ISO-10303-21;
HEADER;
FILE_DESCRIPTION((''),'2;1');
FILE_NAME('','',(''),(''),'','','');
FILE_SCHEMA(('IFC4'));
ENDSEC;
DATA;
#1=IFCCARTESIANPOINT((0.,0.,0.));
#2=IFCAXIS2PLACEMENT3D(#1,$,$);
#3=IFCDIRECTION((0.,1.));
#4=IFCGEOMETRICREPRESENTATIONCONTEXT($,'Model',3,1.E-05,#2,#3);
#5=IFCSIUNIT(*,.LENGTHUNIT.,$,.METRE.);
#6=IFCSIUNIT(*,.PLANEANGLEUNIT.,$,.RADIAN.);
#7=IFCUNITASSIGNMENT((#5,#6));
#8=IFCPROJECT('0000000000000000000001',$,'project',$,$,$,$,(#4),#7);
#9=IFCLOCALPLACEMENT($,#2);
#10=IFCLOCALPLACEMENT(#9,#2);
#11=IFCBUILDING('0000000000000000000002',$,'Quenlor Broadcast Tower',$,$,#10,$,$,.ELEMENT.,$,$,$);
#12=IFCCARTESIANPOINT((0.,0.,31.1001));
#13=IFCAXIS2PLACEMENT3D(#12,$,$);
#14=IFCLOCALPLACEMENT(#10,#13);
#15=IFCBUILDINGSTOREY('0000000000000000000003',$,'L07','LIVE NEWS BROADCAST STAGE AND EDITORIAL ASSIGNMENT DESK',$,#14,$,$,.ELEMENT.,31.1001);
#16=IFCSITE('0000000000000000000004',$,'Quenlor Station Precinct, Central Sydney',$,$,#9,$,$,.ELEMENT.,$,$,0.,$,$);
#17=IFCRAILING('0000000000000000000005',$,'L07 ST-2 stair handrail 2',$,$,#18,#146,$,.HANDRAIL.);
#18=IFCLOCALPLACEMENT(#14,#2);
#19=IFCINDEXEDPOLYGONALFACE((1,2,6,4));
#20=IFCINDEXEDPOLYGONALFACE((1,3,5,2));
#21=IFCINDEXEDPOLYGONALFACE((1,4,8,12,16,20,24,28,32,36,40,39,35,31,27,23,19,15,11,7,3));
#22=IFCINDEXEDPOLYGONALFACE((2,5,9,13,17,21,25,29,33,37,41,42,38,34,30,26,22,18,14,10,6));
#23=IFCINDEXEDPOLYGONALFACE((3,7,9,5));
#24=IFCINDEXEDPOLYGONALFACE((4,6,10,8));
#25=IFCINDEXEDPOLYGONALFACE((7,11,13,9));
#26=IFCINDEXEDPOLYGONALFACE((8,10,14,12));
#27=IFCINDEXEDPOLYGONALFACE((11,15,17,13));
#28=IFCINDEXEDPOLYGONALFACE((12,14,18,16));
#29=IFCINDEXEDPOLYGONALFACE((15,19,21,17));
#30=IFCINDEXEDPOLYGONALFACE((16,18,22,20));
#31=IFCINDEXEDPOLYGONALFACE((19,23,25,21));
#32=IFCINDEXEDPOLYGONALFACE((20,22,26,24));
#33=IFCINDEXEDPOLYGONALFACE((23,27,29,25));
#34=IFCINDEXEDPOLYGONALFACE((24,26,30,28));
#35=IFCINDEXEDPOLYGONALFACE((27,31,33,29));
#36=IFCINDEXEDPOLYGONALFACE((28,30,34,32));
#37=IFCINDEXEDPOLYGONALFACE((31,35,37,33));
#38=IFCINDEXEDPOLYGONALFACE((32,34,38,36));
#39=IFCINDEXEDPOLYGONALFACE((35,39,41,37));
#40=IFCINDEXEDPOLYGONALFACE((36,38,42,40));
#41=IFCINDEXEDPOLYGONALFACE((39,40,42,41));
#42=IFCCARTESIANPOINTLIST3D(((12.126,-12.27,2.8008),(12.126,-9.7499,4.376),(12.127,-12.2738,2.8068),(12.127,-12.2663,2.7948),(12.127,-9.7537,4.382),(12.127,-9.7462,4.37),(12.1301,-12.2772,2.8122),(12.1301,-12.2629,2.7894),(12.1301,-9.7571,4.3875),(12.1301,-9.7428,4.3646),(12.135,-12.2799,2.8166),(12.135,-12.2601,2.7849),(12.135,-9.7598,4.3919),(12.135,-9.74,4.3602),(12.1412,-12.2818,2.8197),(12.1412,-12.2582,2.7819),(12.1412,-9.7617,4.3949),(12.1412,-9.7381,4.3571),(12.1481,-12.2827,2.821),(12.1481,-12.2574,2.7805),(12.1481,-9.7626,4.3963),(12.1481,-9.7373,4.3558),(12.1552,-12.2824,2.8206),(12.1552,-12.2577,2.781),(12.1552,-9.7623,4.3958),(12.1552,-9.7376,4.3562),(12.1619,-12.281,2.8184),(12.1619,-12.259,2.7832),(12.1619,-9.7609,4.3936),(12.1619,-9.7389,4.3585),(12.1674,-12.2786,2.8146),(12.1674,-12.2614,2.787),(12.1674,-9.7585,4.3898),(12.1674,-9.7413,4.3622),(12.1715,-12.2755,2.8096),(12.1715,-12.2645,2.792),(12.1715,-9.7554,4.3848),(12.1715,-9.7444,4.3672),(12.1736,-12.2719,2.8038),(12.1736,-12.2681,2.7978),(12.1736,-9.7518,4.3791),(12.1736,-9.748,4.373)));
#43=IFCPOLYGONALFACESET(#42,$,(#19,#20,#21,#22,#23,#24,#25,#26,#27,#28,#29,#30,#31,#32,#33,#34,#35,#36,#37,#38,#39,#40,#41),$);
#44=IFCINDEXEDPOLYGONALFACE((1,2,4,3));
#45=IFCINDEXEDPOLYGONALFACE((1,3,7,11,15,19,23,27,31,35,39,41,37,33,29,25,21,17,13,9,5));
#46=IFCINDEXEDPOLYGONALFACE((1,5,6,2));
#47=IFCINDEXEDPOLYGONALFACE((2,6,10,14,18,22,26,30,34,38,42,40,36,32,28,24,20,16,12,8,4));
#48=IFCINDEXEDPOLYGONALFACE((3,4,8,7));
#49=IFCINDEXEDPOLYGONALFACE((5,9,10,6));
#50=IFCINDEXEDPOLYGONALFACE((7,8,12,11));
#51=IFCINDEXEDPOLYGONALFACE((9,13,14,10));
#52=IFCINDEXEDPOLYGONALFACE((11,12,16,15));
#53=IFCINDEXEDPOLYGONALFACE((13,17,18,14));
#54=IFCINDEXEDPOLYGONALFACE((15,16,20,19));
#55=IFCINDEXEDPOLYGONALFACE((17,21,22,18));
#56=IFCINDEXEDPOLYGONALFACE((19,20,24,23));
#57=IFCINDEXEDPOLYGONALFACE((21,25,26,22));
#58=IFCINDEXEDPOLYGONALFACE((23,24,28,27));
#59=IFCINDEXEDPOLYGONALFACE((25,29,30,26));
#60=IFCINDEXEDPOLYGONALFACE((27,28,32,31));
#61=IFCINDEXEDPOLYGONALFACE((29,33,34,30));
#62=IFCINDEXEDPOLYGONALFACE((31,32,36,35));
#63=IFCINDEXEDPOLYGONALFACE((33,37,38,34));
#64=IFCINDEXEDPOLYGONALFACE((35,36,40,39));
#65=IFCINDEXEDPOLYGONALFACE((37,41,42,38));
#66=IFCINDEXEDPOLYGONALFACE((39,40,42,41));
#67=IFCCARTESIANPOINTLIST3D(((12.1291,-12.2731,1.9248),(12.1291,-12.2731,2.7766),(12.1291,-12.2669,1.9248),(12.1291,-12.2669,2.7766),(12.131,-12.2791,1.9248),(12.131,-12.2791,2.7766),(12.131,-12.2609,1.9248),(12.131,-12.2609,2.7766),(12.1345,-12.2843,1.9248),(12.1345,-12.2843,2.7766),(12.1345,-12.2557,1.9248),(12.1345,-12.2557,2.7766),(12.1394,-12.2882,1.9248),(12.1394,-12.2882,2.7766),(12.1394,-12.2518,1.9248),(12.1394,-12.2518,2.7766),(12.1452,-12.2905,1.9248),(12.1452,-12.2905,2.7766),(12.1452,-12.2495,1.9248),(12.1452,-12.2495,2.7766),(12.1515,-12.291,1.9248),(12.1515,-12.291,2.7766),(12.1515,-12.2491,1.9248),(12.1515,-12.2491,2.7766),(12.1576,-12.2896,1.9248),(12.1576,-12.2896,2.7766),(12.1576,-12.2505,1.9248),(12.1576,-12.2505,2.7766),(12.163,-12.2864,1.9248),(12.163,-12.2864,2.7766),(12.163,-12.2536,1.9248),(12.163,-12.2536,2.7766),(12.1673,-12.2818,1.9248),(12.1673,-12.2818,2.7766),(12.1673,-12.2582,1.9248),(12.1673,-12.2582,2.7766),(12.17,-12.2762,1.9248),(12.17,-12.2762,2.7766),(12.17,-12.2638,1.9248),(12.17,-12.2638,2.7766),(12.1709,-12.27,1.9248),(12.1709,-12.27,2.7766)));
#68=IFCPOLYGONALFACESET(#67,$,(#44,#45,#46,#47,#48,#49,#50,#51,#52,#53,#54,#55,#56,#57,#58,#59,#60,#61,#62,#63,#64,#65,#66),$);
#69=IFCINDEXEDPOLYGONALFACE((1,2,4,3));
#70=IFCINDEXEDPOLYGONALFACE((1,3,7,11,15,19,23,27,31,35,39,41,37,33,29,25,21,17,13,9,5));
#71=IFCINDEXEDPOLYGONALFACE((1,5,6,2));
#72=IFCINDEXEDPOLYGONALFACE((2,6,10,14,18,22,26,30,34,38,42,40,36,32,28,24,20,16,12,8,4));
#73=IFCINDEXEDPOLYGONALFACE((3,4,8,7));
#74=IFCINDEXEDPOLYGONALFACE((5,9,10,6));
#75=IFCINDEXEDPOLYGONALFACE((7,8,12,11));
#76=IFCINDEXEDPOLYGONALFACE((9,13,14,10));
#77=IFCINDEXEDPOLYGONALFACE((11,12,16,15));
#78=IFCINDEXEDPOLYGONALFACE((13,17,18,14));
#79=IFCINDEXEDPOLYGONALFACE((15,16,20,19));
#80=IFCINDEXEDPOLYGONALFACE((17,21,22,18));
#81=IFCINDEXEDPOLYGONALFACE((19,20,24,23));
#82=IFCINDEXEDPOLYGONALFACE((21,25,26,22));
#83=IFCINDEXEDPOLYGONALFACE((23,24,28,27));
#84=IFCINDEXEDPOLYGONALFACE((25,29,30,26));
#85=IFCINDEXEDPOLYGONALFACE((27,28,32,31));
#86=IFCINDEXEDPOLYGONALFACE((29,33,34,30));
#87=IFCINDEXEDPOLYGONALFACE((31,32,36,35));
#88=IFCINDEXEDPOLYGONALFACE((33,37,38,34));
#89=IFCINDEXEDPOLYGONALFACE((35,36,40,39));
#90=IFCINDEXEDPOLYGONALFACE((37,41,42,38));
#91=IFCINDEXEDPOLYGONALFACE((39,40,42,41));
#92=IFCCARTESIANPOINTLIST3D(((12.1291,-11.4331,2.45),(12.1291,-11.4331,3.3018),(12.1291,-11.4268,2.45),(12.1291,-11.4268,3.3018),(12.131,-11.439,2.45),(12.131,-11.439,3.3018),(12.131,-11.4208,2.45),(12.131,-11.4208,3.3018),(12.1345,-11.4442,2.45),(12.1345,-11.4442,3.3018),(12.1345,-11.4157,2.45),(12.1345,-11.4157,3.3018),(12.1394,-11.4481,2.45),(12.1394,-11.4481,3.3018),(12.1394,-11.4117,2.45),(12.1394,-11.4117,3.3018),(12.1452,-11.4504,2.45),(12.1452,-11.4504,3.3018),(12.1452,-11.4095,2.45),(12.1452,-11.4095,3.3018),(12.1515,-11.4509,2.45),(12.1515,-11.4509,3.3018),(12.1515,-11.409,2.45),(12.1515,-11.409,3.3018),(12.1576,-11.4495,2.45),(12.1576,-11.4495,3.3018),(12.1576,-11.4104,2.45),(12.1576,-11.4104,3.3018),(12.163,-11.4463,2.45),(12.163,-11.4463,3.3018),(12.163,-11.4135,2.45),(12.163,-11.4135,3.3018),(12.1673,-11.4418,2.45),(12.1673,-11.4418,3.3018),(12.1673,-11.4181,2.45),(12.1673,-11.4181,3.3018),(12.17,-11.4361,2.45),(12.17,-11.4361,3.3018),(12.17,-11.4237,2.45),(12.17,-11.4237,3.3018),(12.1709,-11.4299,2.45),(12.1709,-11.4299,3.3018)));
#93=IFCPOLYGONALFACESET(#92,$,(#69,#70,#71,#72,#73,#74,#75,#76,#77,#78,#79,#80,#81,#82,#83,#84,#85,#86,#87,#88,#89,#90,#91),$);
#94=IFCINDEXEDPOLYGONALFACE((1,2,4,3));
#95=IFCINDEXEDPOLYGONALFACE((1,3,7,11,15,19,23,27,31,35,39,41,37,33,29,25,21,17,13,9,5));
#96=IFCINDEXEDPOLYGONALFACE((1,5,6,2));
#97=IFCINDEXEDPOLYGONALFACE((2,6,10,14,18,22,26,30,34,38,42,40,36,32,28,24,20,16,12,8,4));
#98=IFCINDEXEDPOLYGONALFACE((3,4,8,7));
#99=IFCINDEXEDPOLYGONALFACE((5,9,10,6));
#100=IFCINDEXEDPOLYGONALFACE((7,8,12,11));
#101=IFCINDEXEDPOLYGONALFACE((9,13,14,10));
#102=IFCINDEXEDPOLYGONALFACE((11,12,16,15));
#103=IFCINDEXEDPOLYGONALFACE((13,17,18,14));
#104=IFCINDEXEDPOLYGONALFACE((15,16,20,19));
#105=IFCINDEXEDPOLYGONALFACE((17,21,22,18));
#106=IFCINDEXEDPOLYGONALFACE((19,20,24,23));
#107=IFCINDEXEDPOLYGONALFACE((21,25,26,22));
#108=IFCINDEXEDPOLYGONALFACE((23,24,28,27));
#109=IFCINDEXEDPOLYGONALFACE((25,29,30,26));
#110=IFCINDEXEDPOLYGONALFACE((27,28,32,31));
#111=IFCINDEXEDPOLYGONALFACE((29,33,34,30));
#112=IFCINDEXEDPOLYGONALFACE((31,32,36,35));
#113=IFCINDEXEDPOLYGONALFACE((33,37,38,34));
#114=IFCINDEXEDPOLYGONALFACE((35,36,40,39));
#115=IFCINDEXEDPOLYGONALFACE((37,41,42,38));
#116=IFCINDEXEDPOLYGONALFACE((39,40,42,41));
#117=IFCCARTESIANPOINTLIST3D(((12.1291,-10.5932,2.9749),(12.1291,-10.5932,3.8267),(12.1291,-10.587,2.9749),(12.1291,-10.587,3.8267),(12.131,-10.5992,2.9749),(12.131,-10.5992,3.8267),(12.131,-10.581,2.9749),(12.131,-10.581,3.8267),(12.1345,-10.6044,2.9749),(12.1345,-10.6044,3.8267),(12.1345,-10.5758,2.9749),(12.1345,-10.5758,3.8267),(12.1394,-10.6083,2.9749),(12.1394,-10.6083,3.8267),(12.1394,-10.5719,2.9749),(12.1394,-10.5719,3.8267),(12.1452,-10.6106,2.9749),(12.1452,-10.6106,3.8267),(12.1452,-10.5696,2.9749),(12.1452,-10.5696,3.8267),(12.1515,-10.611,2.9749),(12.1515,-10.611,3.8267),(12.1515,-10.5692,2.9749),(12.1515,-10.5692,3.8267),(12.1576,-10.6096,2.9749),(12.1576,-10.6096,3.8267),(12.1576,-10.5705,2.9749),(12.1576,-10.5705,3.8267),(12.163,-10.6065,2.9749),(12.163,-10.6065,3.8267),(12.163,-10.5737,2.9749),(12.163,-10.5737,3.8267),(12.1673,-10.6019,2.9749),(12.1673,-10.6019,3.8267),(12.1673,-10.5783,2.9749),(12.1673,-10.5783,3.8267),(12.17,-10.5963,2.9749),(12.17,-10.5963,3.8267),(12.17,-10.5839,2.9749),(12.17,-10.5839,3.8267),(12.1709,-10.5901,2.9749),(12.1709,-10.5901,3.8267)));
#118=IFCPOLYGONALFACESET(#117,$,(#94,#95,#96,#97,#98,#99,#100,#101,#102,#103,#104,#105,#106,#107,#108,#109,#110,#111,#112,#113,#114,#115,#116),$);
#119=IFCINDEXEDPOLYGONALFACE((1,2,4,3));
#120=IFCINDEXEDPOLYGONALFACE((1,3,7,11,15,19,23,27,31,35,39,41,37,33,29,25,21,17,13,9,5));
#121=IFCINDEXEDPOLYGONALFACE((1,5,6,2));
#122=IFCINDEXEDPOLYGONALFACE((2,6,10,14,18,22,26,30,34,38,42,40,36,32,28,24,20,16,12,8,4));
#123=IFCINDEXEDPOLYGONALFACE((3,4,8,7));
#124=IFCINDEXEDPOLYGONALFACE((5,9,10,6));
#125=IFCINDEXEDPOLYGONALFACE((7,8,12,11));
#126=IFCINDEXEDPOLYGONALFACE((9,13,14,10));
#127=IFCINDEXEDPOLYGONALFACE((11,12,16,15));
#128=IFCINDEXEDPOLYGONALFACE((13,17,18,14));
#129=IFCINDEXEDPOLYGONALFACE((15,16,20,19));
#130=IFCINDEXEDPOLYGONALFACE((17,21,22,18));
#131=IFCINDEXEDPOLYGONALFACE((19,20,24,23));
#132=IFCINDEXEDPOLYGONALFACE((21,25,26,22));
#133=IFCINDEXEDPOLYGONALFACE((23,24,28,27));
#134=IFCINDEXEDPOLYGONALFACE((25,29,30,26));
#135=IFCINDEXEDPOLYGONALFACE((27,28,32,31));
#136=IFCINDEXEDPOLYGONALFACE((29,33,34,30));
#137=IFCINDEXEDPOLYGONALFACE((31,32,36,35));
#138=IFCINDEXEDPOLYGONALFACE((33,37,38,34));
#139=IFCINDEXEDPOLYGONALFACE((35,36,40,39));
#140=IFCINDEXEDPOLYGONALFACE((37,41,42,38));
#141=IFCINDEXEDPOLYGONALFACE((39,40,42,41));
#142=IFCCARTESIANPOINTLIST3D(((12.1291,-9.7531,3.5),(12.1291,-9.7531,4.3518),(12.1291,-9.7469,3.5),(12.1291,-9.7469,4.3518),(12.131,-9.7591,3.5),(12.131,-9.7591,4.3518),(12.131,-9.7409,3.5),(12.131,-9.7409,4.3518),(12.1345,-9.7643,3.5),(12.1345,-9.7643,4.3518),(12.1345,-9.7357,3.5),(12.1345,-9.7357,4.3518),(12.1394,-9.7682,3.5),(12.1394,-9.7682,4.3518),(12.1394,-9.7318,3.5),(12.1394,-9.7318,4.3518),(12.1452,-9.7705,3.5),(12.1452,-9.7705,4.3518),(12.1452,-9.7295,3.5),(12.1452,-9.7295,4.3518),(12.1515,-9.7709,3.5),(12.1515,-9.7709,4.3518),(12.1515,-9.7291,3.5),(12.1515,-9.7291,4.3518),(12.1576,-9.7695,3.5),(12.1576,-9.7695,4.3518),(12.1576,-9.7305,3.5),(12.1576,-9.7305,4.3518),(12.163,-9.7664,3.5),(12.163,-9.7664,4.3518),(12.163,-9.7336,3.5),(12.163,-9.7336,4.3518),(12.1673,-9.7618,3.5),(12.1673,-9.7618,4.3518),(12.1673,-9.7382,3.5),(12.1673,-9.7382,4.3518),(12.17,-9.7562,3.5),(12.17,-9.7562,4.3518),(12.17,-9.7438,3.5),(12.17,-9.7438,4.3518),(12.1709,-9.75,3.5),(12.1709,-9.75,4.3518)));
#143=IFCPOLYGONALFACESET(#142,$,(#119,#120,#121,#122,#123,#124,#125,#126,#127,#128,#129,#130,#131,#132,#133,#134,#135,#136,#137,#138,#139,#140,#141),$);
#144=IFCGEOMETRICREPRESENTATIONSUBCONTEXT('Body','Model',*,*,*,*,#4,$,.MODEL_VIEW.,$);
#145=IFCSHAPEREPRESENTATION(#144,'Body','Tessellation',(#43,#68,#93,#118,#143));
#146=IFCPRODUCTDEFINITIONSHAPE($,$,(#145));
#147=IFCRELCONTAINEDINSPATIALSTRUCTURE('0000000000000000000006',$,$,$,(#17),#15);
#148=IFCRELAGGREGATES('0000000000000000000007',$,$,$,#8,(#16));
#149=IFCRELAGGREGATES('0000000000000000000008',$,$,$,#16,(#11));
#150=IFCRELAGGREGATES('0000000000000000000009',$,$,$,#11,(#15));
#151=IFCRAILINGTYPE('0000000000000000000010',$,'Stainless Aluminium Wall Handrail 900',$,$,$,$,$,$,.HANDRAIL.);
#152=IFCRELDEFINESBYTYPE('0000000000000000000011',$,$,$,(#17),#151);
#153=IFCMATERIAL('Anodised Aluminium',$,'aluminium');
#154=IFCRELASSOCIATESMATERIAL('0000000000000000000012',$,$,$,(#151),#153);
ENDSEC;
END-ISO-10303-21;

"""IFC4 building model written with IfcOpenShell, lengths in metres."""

from ifc_helpers import new_model, si_unit, direction, frame, origin, origin_2d, place, context, subcontext, project, spatial, circle, extrude, material, type_object, element, save


model = new_model("IFC4")

# Units and contexts
model_context = context("Model", 3, precision=1e-05, world=origin(), true_north=direction((0.0, 1.0)))
body_context = subcontext(model_context, "Body", "Model", "MODEL_VIEW")
ifc_project = project(units=[si_unit("LENGTHUNIT", "METRE"), si_unit("PLANEANGLEUNIT", "RADIAN")], contexts=[model_context])

# Site, building, storey
site_placement = place(None, origin())
site = spatial("IfcSite", under=ifc_project, at=site_placement, Name="Quenlor Station Precinct, Central Sydney", CompositionType="ELEMENT", RefElevation=0.0)
building_placement = place(site_placement, origin())
building = spatial("IfcBuilding", under=site, at=building_placement, Name="Quenlor Broadcast Tower", CompositionType="ELEMENT")
storey_placement = place(building_placement, frame((0.0, 0.0, 31.1001)))
storey = spatial("IfcBuildingStorey", under=building, at=storey_placement, Name="L07", Description="LIVE NEWS BROADCAST STAGE AND EDITORIAL ASSIGNMENT DESK", CompositionType="ELEMENT", Elevation=31.1001)

# Railing
ifc_material_1 = material(Name="Anodised Aluminium", Category="aluminium")
railing_type_1 = type_object("IfcRailingType", Name="Stainless Aluminium Wall Handrail 900", PredefinedType="HANDRAIL", material=ifc_material_1)
railing_1_placement = place(storey_placement, frame((12.1499, -12.27, 1.9248)))
element("IfcRailing", 1, at=railing_1_placement, inside=storey, type_object=railing_type_1, Name="L07 ST-2 stair handrail 2", PredefinedType="HANDRAIL", context=body_context, shape_type="SweptSolid", body=[
    extrude(circle(Radius=0.0239, at=origin_2d()), frame((0.0, 0.0, 0.876), z_axis=(0.0, 0.847971, 0.530043), x_axis=(-1.0, 0.0, 0.0)), (0.0, 0.0, 1.0), 2.9719),
    extrude(circle(Radius=0.021, at=origin_2d()), origin(), (0.0, 0.0, 1.0), 0.8518),
    extrude(circle(Radius=0.021, at=origin_2d()), frame((0.0, 0.8401, 0.5251)), (0.0, 0.0, 1.0), 0.8518),
    extrude(circle(Radius=0.021, at=origin_2d()), frame((0.0, 1.6799, 1.05)), (0.0, 0.0, 1.0), 0.8518),
    extrude(circle(Radius=0.021, at=origin_2d()), frame((0.0, 2.52, 1.5752)), (0.0, 0.0, 1.0), 0.8518),
])

save(model, "model.ifc")
